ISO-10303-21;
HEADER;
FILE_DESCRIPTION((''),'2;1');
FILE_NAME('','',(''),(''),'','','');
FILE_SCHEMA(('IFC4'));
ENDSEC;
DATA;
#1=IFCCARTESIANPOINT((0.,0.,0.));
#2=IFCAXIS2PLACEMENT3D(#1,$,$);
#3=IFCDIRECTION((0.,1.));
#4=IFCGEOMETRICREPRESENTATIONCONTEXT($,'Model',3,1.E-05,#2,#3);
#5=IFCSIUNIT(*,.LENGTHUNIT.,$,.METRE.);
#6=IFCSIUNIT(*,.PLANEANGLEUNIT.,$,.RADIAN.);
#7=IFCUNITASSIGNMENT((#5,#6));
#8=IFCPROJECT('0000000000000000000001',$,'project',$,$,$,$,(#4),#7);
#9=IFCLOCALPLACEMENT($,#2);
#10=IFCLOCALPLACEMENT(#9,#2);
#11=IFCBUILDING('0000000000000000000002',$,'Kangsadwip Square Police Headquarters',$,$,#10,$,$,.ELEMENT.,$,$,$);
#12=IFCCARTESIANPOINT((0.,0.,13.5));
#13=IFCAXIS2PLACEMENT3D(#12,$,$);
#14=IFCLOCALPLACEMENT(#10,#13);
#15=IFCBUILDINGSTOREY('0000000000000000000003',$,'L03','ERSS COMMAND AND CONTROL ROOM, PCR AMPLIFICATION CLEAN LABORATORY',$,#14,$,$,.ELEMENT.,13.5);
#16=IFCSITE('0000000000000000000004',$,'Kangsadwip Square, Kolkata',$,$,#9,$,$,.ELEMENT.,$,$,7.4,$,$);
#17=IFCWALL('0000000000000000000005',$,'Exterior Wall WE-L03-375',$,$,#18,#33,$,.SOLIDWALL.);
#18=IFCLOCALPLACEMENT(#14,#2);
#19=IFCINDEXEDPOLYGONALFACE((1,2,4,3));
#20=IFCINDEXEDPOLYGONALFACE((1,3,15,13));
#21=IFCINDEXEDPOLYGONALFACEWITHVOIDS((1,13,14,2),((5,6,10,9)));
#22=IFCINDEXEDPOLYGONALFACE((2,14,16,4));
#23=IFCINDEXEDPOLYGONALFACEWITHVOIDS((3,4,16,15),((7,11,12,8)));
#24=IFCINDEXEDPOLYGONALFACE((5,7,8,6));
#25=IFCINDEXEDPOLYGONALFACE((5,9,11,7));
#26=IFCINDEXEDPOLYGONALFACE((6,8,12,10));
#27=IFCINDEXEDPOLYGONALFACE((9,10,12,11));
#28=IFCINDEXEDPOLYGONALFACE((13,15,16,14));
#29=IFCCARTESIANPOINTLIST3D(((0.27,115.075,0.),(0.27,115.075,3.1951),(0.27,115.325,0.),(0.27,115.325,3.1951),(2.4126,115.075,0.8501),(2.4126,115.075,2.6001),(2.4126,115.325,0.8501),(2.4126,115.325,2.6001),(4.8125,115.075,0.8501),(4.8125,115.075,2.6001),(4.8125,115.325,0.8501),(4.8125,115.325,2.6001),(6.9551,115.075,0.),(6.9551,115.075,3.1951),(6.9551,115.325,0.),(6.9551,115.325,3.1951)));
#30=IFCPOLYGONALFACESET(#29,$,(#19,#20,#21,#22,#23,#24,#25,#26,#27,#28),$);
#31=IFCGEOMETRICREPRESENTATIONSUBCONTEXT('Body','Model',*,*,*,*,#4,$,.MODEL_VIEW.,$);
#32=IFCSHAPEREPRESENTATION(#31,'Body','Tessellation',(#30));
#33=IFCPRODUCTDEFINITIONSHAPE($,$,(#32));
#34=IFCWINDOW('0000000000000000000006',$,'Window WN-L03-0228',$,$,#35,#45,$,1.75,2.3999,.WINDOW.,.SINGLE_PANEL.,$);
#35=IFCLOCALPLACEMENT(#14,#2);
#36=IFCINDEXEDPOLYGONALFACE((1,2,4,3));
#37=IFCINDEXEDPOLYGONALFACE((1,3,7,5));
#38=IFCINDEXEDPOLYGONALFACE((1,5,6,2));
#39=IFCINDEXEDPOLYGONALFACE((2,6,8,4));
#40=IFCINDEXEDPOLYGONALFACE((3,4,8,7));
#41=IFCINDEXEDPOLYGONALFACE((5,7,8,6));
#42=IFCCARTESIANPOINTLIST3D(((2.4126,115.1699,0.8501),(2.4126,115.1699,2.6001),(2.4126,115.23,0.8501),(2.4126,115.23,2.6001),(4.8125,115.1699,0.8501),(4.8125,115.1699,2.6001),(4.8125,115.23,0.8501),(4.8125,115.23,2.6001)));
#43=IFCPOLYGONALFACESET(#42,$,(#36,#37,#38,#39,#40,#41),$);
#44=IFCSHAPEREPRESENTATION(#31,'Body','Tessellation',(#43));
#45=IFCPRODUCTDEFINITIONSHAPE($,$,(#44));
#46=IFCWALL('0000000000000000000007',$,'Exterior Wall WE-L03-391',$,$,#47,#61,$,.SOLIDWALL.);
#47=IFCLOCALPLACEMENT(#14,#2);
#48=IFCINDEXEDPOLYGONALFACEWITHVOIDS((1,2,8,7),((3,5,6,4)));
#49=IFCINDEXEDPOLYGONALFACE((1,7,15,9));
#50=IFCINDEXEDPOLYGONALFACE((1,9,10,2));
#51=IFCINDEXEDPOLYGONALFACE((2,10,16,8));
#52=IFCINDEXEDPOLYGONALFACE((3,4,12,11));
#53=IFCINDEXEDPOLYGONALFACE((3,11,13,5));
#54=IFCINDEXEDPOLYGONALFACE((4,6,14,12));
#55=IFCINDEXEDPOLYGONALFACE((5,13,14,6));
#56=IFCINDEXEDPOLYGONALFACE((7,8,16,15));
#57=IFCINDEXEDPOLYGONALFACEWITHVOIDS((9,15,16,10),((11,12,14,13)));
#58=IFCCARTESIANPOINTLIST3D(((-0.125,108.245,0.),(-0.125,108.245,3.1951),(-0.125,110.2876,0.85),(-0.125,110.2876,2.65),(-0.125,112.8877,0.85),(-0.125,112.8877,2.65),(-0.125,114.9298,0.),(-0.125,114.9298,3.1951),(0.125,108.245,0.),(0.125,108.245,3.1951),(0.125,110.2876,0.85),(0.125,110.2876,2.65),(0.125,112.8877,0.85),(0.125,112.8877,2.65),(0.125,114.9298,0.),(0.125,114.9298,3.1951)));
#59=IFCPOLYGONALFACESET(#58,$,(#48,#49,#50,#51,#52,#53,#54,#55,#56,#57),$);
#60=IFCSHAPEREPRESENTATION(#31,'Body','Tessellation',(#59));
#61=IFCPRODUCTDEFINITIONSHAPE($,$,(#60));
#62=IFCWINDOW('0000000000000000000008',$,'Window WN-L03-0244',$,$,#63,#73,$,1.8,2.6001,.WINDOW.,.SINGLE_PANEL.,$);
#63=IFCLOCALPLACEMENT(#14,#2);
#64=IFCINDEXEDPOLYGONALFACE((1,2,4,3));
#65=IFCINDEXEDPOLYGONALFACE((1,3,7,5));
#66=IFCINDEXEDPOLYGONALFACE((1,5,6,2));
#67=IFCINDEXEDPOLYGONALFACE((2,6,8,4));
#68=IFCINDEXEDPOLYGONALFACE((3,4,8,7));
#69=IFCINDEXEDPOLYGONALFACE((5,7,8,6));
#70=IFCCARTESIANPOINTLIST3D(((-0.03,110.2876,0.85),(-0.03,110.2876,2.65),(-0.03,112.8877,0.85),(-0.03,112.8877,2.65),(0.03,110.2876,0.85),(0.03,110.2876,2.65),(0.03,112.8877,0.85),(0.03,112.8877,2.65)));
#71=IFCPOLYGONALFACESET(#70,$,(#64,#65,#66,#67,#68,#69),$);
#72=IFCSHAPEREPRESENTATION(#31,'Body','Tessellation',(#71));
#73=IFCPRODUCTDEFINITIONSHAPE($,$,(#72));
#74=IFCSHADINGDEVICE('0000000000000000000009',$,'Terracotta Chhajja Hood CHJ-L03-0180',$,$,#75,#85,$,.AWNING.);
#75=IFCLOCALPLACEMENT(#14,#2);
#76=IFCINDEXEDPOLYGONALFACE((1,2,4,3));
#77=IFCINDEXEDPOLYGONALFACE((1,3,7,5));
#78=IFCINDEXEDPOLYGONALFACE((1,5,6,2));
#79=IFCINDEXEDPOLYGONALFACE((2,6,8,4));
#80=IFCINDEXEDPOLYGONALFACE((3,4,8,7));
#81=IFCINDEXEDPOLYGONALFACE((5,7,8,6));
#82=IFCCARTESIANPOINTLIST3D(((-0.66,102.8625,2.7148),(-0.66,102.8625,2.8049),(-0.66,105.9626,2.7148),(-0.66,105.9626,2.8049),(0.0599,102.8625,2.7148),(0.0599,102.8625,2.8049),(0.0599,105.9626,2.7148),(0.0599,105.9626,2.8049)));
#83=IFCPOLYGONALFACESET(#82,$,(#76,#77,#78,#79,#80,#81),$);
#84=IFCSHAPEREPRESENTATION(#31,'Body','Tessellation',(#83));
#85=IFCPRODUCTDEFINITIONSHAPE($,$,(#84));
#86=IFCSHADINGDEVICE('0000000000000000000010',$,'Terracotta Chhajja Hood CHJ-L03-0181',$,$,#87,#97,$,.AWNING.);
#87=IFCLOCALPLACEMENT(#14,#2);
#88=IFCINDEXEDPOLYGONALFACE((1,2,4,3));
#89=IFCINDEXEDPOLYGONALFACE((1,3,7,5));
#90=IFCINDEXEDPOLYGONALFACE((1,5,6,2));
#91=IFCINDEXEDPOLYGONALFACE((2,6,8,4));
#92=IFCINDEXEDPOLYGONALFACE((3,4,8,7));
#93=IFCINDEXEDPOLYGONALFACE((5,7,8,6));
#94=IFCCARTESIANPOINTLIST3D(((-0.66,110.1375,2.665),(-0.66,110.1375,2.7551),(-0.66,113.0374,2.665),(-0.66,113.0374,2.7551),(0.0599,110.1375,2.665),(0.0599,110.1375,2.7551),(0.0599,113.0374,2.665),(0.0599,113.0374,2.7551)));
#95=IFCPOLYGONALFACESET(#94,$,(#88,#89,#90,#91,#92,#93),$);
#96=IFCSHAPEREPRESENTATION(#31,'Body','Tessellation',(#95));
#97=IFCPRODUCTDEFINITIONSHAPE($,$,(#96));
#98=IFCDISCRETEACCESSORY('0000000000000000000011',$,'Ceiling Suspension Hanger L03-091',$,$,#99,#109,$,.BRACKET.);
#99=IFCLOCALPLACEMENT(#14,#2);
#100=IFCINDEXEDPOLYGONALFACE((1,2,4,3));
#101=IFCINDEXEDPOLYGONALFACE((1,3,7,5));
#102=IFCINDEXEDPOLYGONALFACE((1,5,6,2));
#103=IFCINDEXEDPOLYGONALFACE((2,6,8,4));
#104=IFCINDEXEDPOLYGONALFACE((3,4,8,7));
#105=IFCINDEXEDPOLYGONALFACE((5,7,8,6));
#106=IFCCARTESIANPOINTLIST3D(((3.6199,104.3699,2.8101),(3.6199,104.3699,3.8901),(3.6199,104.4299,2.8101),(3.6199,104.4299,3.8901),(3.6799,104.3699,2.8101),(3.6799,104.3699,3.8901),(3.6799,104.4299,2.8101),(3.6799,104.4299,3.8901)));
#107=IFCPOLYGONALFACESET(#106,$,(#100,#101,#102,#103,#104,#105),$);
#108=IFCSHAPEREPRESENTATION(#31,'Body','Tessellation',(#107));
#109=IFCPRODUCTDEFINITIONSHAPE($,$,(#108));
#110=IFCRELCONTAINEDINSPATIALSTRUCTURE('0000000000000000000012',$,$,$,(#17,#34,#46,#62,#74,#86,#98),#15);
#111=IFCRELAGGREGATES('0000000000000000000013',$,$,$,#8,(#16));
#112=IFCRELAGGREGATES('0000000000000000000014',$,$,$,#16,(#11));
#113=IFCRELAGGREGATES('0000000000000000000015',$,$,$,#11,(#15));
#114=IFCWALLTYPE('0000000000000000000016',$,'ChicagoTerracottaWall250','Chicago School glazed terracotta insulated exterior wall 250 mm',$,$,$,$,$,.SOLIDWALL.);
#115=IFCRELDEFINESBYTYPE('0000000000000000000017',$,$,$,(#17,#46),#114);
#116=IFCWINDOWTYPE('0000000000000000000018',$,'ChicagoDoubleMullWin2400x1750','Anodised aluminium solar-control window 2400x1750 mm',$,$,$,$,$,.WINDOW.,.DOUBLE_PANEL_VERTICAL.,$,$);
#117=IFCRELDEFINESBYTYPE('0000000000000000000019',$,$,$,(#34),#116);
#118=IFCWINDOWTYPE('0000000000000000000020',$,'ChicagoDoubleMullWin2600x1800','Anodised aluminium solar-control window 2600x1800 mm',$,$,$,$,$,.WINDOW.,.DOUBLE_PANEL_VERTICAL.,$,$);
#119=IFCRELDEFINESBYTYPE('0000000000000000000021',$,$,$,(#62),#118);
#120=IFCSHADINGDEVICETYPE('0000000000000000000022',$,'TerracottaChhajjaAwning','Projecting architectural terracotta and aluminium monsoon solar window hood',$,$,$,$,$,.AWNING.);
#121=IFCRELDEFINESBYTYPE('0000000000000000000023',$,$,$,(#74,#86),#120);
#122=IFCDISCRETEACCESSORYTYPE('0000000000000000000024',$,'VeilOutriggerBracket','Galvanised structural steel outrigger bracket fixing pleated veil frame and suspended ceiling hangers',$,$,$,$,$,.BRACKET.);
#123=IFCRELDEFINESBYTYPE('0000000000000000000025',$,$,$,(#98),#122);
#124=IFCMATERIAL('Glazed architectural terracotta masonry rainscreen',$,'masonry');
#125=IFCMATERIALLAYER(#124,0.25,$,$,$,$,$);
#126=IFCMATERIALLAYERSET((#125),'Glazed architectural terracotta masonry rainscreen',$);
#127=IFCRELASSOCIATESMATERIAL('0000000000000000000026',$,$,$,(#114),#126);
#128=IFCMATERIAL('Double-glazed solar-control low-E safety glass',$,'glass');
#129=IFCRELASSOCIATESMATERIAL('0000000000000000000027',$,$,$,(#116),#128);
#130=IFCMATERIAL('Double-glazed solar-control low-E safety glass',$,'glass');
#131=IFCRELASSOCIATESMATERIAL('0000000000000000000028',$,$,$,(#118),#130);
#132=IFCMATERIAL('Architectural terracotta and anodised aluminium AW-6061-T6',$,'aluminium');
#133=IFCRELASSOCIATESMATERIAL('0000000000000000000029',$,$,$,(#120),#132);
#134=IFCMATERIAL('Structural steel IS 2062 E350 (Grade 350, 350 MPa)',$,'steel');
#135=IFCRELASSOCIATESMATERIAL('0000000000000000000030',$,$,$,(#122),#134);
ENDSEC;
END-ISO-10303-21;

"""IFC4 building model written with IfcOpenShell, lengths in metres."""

from ifc_helpers import new_model, si_unit, direction, frame, frame_2d, origin, origin_2d, place, context, subcontext, project, spatial, rectangle, extrude, material, layer, layer_set, type_object, element, fill, save


model = new_model("IFC4")

# Units and contexts
model_context = context("Model", 3, precision=1e-05, world=origin(), true_north=direction((0.0, 1.0)))
body_context = subcontext(model_context, "Body", "Model", "MODEL_VIEW")
ifc_project = project(units=[si_unit("LENGTHUNIT", "METRE"), si_unit("PLANEANGLEUNIT", "RADIAN")], contexts=[model_context])

# Site, building, storey
site_placement = place(None, origin())
site = spatial("IfcSite", under=ifc_project, at=site_placement, Name="Kangsadwip Square, Kolkata", CompositionType="ELEMENT", RefElevation=7.4)
building_placement = place(site_placement, origin())
building = spatial("IfcBuilding", under=site, at=building_placement, Name="Kangsadwip Square Police Headquarters", CompositionType="ELEMENT")
storey_placement = place(building_placement, frame((0.0, 0.0, 13.5)))
storey = spatial("IfcBuildingStorey", under=building, at=storey_placement, Name="L03", Description="ERSS COMMAND AND CONTROL ROOM, PCR AMPLIFICATION CLEAN LABORATORY", CompositionType="ELEMENT", Elevation=13.5)

# Walls, openings, windows
ifc_material_1 = material(Name="Glazed architectural terracotta masonry rainscreen", Category="masonry")
ifc_layer_1 = layer(ifc_material_1, 0.25)
ifc_layer_set_1 = layer_set([ifc_layer_1], Name="Glazed architectural terracotta masonry rainscreen")
wall_type = type_object("IfcWallType", Name="ChicagoTerracottaWall250", Description="Chicago School glazed terracotta insulated exterior wall 250 mm", PredefinedType="SOLIDWALL", material=ifc_layer_set_1)
wall_1_placement = place(storey_placement, frame((0.27, 115.2, 0.0), z_axis=(0.0, 0.0, 1.0), x_axis=(1.0, 0.0, 0.0)))
wall_1 = element("IfcWall", 1, at=wall_1_placement, inside=storey, type_object=wall_type, Name="Exterior Wall WE-L03-375", PredefinedType="SOLIDWALL", context=body_context, shape_type="SweptSolid", body=[
    extrude(rectangle(XDim=6.6851, YDim=0.25, at=frame_2d((3.3425, 0.0))), origin(), (0.0, 0.0, 1.0), 3.1951),
])
opening_1_placement = place(wall_1_placement, frame((2.1426, 0.0, 0.8501)))
opening_1 = element("IfcOpeningElement", 2, at=opening_1_placement, cuts=wall_1, PredefinedType="OPENING", context=body_context, shape_type="SweptSolid", body=[
    extrude(rectangle(XDim=2.3999, YDim=1.75, at=frame_2d((1.2, 0.875))), frame((0.0, 0.135, 0.0), z_axis=(0.0, -1.0, 0.0), x_axis=(1.0, 0.0, 0.0)), (0.0, 0.0, 1.0), 0.27),
])
ifc_material_2 = material(Name="Double-glazed solar-control low-E safety glass", Category="glass")
window_type_1 = type_object("IfcWindowType", Name="ChicagoDoubleMullWin2400x1750", Description="Anodised aluminium solar-control window 2400x1750 mm", PartitioningType="DOUBLE_PANEL_VERTICAL", PredefinedType="WINDOW", material=ifc_material_2)
window_1_placement = place(opening_1_placement, origin())
window_1 = element("IfcWindow", 3, at=window_1_placement, inside=storey, type_object=window_type_1, Name="Window WN-L03-0228", OverallHeight=1.75, OverallWidth=2.3999, PartitioningType="SINGLE_PANEL", PredefinedType="WINDOW", context=body_context, shape_type="SweptSolid", body=[
    extrude(rectangle(XDim=2.3999, YDim=1.75, at=frame_2d((1.2, 0.875))), frame((0.0, 0.03, 0.0), z_axis=(0.0, -1.0, 0.0), x_axis=(1.0, 0.0, 0.0)), (0.0, 0.0, 1.0), 0.0601),
])
fill(opening_1, window_1)
wall_2_placement = place(storey_placement, frame((0.0, 108.2451, 0.0), z_axis=(0.0, 0.0, 1.0), x_axis=(0.0, 1.0, 0.0)))
wall_2 = element("IfcWall", 4, at=wall_2_placement, inside=storey, type_object=wall_type, Name="Exterior Wall WE-L03-391", PredefinedType="SOLIDWALL", context=body_context, shape_type="SweptSolid", body=[
    extrude(rectangle(XDim=6.6848, YDim=0.25, at=frame_2d((3.3423, 0.0))), origin(), (0.0, 0.0, 1.0), 3.1951),
])
opening_2_placement = place(wall_2_placement, frame((2.0425, 0.0, 0.8501)))
opening_2 = element("IfcOpeningElement", 5, at=opening_2_placement, cuts=wall_2, PredefinedType="OPENING", context=body_context, shape_type="SweptSolid", body=[
    extrude(rectangle(XDim=2.6001, YDim=1.8, at=frame_2d((1.3, 0.8999))), frame((0.0, 0.135, 0.0), z_axis=(0.0, -1.0, 0.0), x_axis=(1.0, 0.0, 0.0)), (0.0, 0.0, 1.0), 0.27),
])
ifc_material_3 = material(Name="Double-glazed solar-control low-E safety glass", Category="glass")
window_type_2 = type_object("IfcWindowType", Name="ChicagoDoubleMullWin2600x1800", Description="Anodised aluminium solar-control window 2600x1800 mm", PartitioningType="DOUBLE_PANEL_VERTICAL", PredefinedType="WINDOW", material=ifc_material_3)
window_2_placement = place(opening_2_placement, origin())
window_2 = element("IfcWindow", 6, at=window_2_placement, inside=storey, type_object=window_type_2, Name="Window WN-L03-0244", OverallHeight=1.8, OverallWidth=2.6001, PartitioningType="SINGLE_PANEL", PredefinedType="WINDOW", context=body_context, shape_type="SweptSolid", body=[
    extrude(rectangle(XDim=2.6001, YDim=1.8, at=frame_2d((1.3, 0.8999))), frame((0.0, 0.03, 0.0), z_axis=(0.0, -1.0, 0.0), x_axis=(1.0, 0.0, 0.0)), (0.0, 0.0, 1.0), 0.0601),
])
fill(opening_2, window_2)

# Shading devices
ifc_material_4 = material(Name="Architectural terracotta and anodised aluminium AW-6061-T6", Category="aluminium")
shading_device_type = type_object("IfcShadingDeviceType", Name="TerracottaChhajjaAwning", Description="Projecting architectural terracotta and aluminium monsoon solar window hood", PredefinedType="AWNING", material=ifc_material_4)
shading_device_1_placement = place(storey_placement, frame((-0.3, 104.4126, 2.7148), z_axis=(0.0, 0.0, 1.0), x_axis=(0.0, 1.0, 0.0)))
element("IfcShadingDevice", 7, at=shading_device_1_placement, inside=storey, type_object=shading_device_type, Name="Terracotta Chhajja Hood CHJ-L03-0180", PredefinedType="AWNING", context=body_context, shape_type="SweptSolid", body=[
    extrude(rectangle(XDim=3.1001, YDim=0.72, at=origin_2d()), origin(), (0.0, 0.0, 1.0), 0.0901),
])
shading_device_2_placement = place(storey_placement, frame((-0.3, 111.5874, 2.665), z_axis=(0.0, 0.0, 1.0), x_axis=(0.0, 1.0, 0.0)))
element("IfcShadingDevice", 8, at=shading_device_2_placement, inside=storey, type_object=shading_device_type, Name="Terracotta Chhajja Hood CHJ-L03-0181", PredefinedType="AWNING", context=body_context, shape_type="SweptSolid", body=[
    extrude(rectangle(XDim=2.8999, YDim=0.72, at=origin_2d()), origin(), (0.0, 0.0, 1.0), 0.0901),
])

# Discrete accessory
ifc_material_5 = material(Name="Structural steel IS 2062 E350 (Grade 350, 350 MPa)", Category="steel")
discrete_accessory_type = type_object("IfcDiscreteAccessoryType", Name="VeilOutriggerBracket", Description="Galvanised structural steel outrigger bracket fixing pleated veil frame and suspended ceiling hangers", PredefinedType="BRACKET", material=ifc_material_5)
discrete_accessory_placement = place(storey_placement, frame((3.6499, 104.3999, 2.8101), z_axis=(0.0, 0.0, 1.0), x_axis=(1.0, 0.0, 0.0)))
element("IfcDiscreteAccessory", 9, at=discrete_accessory_placement, inside=storey, type_object=discrete_accessory_type, Name="Ceiling Suspension Hanger L03-091", PredefinedType="BRACKET", context=body_context, shape_type="SweptSolid", body=[
    extrude(rectangle(XDim=0.0601, YDim=0.0601, at=origin_2d()), origin(), (0.0, 0.0, 1.0), 1.0801),
])

save(model, "model.ifc")
